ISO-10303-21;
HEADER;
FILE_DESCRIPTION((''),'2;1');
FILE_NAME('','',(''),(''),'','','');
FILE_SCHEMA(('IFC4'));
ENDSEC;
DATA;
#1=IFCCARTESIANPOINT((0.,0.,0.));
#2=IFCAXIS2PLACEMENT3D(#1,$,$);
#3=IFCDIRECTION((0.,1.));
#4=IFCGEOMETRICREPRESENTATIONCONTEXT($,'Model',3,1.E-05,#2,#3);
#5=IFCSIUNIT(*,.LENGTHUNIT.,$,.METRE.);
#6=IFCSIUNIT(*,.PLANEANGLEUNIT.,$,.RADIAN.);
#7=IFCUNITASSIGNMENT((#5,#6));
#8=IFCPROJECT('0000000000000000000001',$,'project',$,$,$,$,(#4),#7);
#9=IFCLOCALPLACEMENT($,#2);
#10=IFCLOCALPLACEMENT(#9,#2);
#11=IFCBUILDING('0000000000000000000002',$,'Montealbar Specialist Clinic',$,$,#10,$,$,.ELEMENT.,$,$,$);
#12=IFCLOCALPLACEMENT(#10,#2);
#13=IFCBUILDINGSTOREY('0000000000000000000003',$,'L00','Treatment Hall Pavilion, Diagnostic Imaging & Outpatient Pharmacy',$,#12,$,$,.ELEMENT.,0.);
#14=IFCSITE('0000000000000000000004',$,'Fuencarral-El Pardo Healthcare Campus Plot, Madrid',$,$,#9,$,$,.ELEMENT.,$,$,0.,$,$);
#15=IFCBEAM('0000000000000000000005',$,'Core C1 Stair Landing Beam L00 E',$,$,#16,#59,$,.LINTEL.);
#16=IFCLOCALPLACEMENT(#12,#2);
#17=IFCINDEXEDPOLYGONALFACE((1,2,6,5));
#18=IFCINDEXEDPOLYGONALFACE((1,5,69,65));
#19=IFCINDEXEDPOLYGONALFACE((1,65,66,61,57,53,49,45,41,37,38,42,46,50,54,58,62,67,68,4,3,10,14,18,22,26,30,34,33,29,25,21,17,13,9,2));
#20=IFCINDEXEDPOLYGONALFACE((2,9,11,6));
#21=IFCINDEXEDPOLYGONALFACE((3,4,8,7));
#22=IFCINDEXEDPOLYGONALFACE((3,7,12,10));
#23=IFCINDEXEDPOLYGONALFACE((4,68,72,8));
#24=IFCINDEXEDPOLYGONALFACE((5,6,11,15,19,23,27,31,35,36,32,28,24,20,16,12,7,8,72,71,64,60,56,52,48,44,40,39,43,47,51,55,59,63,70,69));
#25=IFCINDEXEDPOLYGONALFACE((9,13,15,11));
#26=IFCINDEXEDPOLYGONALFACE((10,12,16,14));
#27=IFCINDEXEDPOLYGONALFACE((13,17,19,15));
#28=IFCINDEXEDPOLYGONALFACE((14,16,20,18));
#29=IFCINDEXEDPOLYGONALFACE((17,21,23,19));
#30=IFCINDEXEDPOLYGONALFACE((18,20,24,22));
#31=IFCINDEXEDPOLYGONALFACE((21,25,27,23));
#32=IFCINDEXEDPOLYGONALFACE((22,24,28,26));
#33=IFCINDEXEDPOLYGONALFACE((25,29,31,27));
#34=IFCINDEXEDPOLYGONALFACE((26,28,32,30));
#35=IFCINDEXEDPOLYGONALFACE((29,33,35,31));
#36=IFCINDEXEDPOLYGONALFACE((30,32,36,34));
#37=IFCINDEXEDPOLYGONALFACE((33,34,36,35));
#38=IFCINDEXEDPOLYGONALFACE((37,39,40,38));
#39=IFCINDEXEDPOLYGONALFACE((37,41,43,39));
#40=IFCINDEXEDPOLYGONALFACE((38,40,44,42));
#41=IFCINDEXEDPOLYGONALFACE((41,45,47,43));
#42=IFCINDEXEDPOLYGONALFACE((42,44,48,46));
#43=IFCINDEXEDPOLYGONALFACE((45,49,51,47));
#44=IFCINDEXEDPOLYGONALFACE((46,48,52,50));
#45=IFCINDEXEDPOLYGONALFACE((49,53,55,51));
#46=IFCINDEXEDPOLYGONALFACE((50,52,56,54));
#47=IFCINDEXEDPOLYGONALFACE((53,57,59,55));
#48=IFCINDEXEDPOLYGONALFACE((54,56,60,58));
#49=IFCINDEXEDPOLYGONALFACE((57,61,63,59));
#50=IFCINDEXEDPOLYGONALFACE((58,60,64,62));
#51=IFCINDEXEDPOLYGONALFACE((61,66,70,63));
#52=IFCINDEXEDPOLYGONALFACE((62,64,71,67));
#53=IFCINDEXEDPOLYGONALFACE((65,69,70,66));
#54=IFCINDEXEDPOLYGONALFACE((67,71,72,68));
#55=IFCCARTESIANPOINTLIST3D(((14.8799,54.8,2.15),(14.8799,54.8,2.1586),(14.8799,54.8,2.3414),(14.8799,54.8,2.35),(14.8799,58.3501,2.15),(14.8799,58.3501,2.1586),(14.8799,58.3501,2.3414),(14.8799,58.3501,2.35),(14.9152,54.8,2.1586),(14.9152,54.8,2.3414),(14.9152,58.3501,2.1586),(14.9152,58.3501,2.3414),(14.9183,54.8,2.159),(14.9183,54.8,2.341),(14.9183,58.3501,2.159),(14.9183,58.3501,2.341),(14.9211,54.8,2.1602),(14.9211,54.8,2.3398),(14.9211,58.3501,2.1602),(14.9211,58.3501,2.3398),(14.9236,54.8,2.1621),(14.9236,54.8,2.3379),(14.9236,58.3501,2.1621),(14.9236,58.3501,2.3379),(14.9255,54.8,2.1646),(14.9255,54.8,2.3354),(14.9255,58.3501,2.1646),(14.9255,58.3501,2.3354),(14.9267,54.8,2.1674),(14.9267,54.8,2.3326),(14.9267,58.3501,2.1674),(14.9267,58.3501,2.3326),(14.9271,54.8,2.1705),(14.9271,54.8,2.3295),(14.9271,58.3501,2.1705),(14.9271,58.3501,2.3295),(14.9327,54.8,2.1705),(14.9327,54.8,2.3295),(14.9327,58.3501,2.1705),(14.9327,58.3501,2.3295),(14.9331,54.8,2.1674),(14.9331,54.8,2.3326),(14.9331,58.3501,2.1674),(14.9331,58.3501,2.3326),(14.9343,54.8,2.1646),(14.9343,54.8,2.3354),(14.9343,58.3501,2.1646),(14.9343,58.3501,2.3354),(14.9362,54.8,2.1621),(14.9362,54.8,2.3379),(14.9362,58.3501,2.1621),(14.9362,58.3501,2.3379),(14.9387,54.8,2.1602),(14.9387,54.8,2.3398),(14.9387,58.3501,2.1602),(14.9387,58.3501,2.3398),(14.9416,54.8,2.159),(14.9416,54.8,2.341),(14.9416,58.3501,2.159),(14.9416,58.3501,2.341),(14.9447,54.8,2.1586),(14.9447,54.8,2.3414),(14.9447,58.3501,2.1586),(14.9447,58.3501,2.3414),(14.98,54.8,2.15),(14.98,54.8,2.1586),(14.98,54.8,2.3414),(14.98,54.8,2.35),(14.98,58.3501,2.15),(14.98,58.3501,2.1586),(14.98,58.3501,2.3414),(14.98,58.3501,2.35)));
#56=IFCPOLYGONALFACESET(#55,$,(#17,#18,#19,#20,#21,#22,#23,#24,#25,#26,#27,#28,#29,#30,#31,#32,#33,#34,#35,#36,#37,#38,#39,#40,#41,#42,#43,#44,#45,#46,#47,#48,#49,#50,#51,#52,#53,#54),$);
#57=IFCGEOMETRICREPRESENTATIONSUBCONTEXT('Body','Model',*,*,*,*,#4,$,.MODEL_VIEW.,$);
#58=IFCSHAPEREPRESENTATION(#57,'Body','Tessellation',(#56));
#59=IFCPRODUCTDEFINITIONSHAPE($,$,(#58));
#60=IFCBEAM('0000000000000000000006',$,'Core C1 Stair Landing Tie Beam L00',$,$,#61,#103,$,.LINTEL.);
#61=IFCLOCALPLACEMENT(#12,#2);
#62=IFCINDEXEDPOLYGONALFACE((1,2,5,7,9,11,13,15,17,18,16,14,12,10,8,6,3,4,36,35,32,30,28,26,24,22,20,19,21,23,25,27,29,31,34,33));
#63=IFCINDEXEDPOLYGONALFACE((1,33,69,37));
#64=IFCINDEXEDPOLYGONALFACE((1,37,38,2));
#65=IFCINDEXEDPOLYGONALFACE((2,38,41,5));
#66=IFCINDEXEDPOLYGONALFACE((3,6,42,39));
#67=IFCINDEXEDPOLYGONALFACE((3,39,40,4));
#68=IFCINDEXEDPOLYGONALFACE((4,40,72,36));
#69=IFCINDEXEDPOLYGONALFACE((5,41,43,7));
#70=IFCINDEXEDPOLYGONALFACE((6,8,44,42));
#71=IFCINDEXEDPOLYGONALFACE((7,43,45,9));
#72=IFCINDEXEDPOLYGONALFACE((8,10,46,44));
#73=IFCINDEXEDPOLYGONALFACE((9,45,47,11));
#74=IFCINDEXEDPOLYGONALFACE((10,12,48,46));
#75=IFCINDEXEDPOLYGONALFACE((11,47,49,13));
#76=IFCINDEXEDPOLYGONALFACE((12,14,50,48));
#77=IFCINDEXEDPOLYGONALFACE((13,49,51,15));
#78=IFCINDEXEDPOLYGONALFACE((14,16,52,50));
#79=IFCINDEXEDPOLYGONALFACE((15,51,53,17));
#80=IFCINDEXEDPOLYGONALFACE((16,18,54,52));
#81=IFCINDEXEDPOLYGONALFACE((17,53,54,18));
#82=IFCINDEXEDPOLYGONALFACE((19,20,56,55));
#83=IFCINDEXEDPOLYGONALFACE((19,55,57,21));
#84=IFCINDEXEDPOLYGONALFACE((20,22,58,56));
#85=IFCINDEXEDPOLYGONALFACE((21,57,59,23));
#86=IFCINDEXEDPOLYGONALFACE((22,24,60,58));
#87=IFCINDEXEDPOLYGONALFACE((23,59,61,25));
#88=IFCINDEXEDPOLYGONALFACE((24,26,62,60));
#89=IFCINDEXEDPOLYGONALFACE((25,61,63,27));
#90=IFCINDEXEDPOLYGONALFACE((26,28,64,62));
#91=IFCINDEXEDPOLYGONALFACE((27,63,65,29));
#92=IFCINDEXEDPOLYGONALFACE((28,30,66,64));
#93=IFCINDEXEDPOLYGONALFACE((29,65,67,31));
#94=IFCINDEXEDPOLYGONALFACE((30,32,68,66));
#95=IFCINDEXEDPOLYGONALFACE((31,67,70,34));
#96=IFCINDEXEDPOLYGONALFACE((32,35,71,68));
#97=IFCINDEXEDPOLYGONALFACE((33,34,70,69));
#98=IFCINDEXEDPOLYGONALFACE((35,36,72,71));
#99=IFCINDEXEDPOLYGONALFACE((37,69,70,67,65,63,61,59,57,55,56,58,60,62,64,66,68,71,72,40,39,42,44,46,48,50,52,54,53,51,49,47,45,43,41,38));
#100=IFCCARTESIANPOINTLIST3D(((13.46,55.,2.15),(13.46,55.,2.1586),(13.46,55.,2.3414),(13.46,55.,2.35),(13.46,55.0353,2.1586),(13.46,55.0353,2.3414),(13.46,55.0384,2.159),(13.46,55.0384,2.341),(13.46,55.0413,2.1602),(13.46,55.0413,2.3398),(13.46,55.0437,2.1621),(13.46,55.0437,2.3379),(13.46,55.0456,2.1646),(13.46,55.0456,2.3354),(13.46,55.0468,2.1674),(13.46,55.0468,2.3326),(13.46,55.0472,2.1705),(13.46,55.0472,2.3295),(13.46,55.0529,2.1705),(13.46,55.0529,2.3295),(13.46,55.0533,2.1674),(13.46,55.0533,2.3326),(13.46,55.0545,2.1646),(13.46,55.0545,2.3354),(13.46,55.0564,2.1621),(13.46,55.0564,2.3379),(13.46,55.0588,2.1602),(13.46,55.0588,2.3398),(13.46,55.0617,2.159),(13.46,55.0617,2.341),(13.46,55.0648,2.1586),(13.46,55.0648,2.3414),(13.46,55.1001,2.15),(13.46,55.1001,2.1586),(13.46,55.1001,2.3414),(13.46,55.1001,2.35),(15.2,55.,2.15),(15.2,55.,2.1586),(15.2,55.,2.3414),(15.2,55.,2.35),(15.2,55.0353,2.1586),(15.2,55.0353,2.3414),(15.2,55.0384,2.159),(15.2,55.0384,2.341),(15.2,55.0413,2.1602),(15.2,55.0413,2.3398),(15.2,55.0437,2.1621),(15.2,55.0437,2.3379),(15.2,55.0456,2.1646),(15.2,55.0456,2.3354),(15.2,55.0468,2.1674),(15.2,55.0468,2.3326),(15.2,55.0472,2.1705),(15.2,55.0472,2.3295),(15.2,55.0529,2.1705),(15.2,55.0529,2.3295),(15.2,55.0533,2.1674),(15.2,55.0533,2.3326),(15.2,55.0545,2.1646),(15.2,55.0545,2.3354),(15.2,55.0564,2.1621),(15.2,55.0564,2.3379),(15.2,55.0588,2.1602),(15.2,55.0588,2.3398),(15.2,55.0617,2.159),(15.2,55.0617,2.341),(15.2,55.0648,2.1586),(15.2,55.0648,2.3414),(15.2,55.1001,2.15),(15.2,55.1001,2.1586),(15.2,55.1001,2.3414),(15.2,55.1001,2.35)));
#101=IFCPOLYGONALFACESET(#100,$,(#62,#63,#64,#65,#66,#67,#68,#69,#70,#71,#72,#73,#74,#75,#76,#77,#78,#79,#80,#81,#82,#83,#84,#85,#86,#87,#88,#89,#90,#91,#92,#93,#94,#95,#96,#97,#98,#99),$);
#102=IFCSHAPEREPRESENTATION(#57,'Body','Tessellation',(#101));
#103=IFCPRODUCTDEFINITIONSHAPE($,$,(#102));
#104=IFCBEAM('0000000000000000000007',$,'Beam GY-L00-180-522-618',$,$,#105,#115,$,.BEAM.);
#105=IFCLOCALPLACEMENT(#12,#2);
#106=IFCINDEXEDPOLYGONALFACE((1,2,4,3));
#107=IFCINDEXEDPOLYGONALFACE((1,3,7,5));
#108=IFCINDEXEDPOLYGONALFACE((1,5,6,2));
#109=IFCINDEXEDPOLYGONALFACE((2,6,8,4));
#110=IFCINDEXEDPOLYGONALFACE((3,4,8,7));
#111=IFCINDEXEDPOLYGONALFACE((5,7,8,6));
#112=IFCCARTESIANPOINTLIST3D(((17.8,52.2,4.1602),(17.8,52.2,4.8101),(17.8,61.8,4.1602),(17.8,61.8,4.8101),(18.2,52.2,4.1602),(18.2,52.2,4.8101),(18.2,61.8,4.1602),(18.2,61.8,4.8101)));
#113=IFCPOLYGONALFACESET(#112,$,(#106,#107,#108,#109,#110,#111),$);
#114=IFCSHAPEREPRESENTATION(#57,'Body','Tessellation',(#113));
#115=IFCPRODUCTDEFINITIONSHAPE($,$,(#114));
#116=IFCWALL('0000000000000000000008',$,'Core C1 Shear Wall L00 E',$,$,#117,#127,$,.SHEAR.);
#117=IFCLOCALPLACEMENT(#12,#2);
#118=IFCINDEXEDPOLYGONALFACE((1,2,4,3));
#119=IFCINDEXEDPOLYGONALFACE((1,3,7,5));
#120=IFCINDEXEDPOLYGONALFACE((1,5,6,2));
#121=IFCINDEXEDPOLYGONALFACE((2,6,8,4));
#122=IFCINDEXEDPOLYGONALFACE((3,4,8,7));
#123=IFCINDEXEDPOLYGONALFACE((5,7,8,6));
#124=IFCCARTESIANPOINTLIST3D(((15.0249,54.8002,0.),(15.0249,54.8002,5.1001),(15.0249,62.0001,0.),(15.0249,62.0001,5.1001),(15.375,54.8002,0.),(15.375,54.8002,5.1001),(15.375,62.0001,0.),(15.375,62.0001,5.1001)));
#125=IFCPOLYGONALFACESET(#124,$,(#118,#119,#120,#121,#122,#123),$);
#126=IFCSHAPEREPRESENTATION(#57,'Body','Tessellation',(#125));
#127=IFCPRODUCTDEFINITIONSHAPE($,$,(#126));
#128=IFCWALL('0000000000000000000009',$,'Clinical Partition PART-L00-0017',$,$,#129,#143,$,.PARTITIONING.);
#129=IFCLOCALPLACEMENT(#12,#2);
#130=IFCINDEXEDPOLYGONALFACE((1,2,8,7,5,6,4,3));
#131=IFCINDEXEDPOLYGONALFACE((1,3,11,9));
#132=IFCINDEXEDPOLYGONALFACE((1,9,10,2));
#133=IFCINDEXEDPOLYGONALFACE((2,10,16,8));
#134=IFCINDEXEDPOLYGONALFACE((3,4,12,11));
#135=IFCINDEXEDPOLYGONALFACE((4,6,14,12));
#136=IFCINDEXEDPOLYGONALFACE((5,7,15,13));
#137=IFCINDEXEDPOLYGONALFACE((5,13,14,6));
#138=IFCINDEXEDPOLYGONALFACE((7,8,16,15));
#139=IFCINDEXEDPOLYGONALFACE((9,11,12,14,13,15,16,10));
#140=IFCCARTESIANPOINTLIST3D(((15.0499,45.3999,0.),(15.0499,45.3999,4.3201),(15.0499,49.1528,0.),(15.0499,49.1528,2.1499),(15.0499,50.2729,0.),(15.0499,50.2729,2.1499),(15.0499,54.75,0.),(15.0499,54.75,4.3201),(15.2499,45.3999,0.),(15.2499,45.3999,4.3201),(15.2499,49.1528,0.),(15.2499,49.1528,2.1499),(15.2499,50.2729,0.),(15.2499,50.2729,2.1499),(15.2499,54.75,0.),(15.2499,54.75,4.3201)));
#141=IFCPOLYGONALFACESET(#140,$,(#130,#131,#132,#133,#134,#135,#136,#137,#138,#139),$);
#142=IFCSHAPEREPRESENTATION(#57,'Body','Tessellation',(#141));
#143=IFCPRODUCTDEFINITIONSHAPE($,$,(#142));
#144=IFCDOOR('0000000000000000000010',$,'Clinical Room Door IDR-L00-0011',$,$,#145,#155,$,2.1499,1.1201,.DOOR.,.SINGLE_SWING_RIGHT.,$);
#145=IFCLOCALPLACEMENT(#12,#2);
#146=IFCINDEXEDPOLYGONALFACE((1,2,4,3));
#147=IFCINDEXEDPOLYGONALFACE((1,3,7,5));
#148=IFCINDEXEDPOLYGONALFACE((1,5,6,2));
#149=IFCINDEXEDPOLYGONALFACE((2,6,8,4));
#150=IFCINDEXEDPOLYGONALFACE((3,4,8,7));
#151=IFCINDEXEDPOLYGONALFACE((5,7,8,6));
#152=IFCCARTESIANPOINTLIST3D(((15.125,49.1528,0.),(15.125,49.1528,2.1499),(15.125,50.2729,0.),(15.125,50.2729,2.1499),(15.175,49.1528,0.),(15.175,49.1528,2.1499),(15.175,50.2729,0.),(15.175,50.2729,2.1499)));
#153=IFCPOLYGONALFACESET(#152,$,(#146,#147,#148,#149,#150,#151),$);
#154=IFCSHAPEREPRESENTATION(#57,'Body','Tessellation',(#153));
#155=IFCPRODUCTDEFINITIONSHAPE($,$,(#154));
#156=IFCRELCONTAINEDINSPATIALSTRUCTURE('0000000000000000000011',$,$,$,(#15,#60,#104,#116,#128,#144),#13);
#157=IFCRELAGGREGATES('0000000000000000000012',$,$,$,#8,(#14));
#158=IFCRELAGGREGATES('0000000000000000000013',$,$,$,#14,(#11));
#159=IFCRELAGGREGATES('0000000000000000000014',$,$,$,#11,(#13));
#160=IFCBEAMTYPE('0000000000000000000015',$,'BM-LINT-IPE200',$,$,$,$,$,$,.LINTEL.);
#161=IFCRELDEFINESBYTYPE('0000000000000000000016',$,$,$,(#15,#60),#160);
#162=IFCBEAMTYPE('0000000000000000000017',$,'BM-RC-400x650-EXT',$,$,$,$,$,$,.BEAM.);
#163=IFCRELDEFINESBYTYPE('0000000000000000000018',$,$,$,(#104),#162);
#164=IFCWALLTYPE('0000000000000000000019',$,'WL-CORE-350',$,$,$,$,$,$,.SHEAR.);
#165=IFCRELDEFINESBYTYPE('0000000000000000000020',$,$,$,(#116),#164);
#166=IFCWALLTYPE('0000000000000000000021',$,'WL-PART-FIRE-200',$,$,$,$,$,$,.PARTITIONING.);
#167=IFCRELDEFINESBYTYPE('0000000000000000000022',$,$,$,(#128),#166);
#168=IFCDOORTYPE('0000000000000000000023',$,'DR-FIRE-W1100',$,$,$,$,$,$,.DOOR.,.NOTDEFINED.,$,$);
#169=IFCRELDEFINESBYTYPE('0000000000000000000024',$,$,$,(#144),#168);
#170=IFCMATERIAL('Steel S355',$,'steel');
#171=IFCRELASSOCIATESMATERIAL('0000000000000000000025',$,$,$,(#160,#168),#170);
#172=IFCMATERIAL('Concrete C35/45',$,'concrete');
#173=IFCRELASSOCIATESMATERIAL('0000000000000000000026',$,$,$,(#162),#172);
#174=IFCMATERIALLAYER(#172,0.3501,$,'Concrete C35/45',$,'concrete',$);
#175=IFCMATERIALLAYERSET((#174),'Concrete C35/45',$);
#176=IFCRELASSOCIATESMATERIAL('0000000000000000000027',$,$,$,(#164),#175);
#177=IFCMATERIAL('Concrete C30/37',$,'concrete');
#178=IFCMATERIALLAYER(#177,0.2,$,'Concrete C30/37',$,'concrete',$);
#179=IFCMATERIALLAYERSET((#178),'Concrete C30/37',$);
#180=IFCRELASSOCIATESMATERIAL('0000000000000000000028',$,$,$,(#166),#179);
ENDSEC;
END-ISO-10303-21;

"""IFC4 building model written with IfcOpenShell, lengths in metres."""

from ifc_helpers import new_model, si_unit, direction, frame, frame_2d, origin, origin_2d, place, context, subcontext, project, spatial, rectangle, i_section, extrude, material, layer, layer_set, material_profile, profile_set, type_object, element, fill, save


model = new_model("IFC4")

# Units and contexts
model_context = context("Model", 3, precision=1e-05, world=origin(), true_north=direction((0.0, 1.0)))
body_context = subcontext(model_context, "Body", "Model", "MODEL_VIEW")
ifc_project = project(units=[si_unit("LENGTHUNIT", "METRE"), si_unit("PLANEANGLEUNIT", "RADIAN")], contexts=[model_context])

# Site, building, storey
site_placement = place(None, origin())
site = spatial("IfcSite", under=ifc_project, at=site_placement, Name="Fuencarral-El Pardo Healthcare Campus Plot, Madrid", CompositionType="ELEMENT", RefElevation=0.0)
building_placement = place(site_placement, origin())
building = spatial("IfcBuilding", under=site, at=building_placement, Name="Montealbar Specialist Clinic", CompositionType="ELEMENT")
storey_placement = place(building_placement, origin())
storey = spatial("IfcBuildingStorey", under=building, at=storey_placement, Name="L00", Description="Treatment Hall Pavilion, Diagnostic Imaging & Outpatient Pharmacy", CompositionType="ELEMENT", Elevation=0.0)

# Shared definitions
ifc_material_1 = material(Name="Concrete C35/45", Category="concrete")

# Beams
ifc_material_2 = material(Name="Steel S355", Category="steel")
ifc_material_profile_1 = material_profile(ifc_material_2, i_section(OverallWidth=0.1001, OverallDepth=0.2, WebThickness=0.0056, FlangeThickness=0.0085, FilletRadius=0.012, at=origin_2d()), Name="IPE 200", Category="steel")
ifc_profile_set_1 = profile_set([ifc_material_profile_1], Name="Steel S355")
beam_type_1 = type_object("IfcBeamType", Name="BM-LINT-IPE200", PredefinedType="LINTEL", material=ifc_profile_set_1)
for number, where, z_axis, x_axis, name in (
    (1, (14.9299, 54.8, 2.25), (0.0, 1.0, 0.0), (-1.0, 0.0, 0.0), "Core C1 Stair Landing Beam L00 E"),
):
    element("IfcBeam", number, at=place(storey_placement, frame(where, z_axis=z_axis, x_axis=x_axis)), inside=storey, type_object=beam_type_1, Name=name, PredefinedType="LINTEL", context=body_context, shape_type="SweptSolid", body=[
        extrude(i_section(OverallWidth=0.1001, OverallDepth=0.2, WebThickness=0.0056, FlangeThickness=0.0085, FilletRadius=0.012, at=origin_2d()), origin(), (0.0, 0.0, 1.0), 3.55),
    ])
beam_1_placement = place(storey_placement, frame((13.46, 55.05, 2.25), z_axis=(1.0, 0.0, 0.0), x_axis=(0.0, 1.0, 0.0)))
element("IfcBeam", 2, at=beam_1_placement, inside=storey, type_object=beam_type_1, Name="Core C1 Stair Landing Tie Beam L00", PredefinedType="LINTEL", context=body_context, shape_type="SweptSolid", body=[
    extrude(i_section(OverallWidth=0.1001, OverallDepth=0.2, WebThickness=0.0056, FlangeThickness=0.0085, FilletRadius=0.012, at=origin_2d()), origin(), (0.0, 0.0, 1.0), 1.74),
])
ifc_material_profile_2 = material_profile(ifc_material_1, rectangle(XDim=0.3999, YDim=0.6499, at=origin_2d()), Name="RC 400x650", Category="concrete")
ifc_profile_set_2 = profile_set([ifc_material_profile_2], Name="Concrete C35/45")
beam_type_2 = type_object("IfcBeamType", Name="BM-RC-400x650-EXT", PredefinedType="BEAM", material=ifc_profile_set_2)
beam_2_placement = place(storey_placement, frame((18.0, 52.2, 4.4851), z_axis=(0.0, 1.0, 0.0), x_axis=(-1.0, 0.0, 0.0)))
element("IfcBeam", 3, at=beam_2_placement, inside=storey, type_object=beam_type_2, Name="Beam GY-L00-180-522-618", PredefinedType="BEAM", context=body_context, shape_type="SweptSolid", body=[
    extrude(rectangle(XDim=0.3999, YDim=0.6499, at=origin_2d()), origin(), (0.0, 0.0, 1.0), 9.6001),
])

# Wall
ifc_layer_1 = layer(ifc_material_1, 0.3501, Name="Concrete C35/45", Category="concrete")
ifc_layer_set_1 = layer_set([ifc_layer_1], Name="Concrete C35/45")
wall_type_1 = type_object("IfcWallType", Name="WL-CORE-350", PredefinedType="SHEAR", material=ifc_layer_set_1)
wall_1_placement = place(storey_placement, frame((15.2, 54.8, 0.0), z_axis=(0.0, 0.0, 1.0), x_axis=(0.0, 1.0, 0.0)))
element("IfcWall", 4, at=wall_1_placement, inside=storey, type_object=wall_type_1, Name="Core C1 Shear Wall L00 E", PredefinedType="SHEAR", context=body_context, shape_type="SweptSolid", body=[
    extrude(rectangle(XDim=7.2, YDim=0.3501, at=frame_2d((3.6001, 0.0))), origin(), (0.0, 0.0, 1.0), 5.1001),
])

# Wall, opening, door
ifc_material_3 = material(Name="Concrete C30/37", Category="concrete")
ifc_layer_2 = layer(ifc_material_3, 0.2, Name="Concrete C30/37", Category="concrete")
ifc_layer_set_2 = layer_set([ifc_layer_2], Name="Concrete C30/37")
wall_type_2 = type_object("IfcWallType", Name="WL-PART-FIRE-200", PredefinedType="PARTITIONING", material=ifc_layer_set_2)
wall_2_placement = place(storey_placement, frame((15.1499, 45.3999, 0.0), z_axis=(0.0, 0.0, 1.0), x_axis=(0.0, 1.0, 0.0)))
wall_2 = element("IfcWall", 5, at=wall_2_placement, inside=storey, type_object=wall_type_2, Name="Clinical Partition PART-L00-0017", PredefinedType="PARTITIONING", context=body_context, shape_type="SweptSolid", body=[
    extrude(rectangle(XDim=9.3501, YDim=0.2, at=frame_2d((4.675, 0.0))), origin(), (0.0, 0.0, 1.0), 4.3201),
])
opening_1_placement = place(wall_2_placement, frame((3.7529, 0.0, 0.0)))
opening_1 = element("IfcOpeningElement", 6, at=opening_1_placement, cuts=wall_2, PredefinedType="OPENING", context=body_context, shape_type="SweptSolid", body=[
    extrude(rectangle(XDim=1.1201, YDim=2.1499, at=frame_2d((0.5601, 1.075))), frame((0.0, 0.1099, 0.0), z_axis=(0.0, -1.0, 0.0), x_axis=(1.0, 0.0, 0.0)), (0.0, 0.0, 1.0), 0.22),
])
door_type_1 = type_object("IfcDoorType", Name="DR-FIRE-W1100", OperationType="NOTDEFINED", PredefinedType="DOOR", material=ifc_material_2)
door_1_placement = place(opening_1_placement, origin())
door_1 = element("IfcDoor", 7, at=door_1_placement, inside=storey, type_object=door_type_1, Name="Clinical Room Door IDR-L00-0011", OperationType="SINGLE_SWING_RIGHT", OverallHeight=2.1499, OverallWidth=1.1201, PredefinedType="DOOR", context=body_context, shape_type="SweptSolid", body=[
    extrude(rectangle(XDim=1.1201, YDim=2.1499, at=frame_2d((0.5601, 1.075))), frame((0.0, 0.0249, 0.0), z_axis=(0.0, -1.0, 0.0), x_axis=(1.0, 0.0, 0.0)), (0.0, 0.0, 1.0), 0.05),
])
fill(opening_1, door_1)

save(model, "model.ifc")
